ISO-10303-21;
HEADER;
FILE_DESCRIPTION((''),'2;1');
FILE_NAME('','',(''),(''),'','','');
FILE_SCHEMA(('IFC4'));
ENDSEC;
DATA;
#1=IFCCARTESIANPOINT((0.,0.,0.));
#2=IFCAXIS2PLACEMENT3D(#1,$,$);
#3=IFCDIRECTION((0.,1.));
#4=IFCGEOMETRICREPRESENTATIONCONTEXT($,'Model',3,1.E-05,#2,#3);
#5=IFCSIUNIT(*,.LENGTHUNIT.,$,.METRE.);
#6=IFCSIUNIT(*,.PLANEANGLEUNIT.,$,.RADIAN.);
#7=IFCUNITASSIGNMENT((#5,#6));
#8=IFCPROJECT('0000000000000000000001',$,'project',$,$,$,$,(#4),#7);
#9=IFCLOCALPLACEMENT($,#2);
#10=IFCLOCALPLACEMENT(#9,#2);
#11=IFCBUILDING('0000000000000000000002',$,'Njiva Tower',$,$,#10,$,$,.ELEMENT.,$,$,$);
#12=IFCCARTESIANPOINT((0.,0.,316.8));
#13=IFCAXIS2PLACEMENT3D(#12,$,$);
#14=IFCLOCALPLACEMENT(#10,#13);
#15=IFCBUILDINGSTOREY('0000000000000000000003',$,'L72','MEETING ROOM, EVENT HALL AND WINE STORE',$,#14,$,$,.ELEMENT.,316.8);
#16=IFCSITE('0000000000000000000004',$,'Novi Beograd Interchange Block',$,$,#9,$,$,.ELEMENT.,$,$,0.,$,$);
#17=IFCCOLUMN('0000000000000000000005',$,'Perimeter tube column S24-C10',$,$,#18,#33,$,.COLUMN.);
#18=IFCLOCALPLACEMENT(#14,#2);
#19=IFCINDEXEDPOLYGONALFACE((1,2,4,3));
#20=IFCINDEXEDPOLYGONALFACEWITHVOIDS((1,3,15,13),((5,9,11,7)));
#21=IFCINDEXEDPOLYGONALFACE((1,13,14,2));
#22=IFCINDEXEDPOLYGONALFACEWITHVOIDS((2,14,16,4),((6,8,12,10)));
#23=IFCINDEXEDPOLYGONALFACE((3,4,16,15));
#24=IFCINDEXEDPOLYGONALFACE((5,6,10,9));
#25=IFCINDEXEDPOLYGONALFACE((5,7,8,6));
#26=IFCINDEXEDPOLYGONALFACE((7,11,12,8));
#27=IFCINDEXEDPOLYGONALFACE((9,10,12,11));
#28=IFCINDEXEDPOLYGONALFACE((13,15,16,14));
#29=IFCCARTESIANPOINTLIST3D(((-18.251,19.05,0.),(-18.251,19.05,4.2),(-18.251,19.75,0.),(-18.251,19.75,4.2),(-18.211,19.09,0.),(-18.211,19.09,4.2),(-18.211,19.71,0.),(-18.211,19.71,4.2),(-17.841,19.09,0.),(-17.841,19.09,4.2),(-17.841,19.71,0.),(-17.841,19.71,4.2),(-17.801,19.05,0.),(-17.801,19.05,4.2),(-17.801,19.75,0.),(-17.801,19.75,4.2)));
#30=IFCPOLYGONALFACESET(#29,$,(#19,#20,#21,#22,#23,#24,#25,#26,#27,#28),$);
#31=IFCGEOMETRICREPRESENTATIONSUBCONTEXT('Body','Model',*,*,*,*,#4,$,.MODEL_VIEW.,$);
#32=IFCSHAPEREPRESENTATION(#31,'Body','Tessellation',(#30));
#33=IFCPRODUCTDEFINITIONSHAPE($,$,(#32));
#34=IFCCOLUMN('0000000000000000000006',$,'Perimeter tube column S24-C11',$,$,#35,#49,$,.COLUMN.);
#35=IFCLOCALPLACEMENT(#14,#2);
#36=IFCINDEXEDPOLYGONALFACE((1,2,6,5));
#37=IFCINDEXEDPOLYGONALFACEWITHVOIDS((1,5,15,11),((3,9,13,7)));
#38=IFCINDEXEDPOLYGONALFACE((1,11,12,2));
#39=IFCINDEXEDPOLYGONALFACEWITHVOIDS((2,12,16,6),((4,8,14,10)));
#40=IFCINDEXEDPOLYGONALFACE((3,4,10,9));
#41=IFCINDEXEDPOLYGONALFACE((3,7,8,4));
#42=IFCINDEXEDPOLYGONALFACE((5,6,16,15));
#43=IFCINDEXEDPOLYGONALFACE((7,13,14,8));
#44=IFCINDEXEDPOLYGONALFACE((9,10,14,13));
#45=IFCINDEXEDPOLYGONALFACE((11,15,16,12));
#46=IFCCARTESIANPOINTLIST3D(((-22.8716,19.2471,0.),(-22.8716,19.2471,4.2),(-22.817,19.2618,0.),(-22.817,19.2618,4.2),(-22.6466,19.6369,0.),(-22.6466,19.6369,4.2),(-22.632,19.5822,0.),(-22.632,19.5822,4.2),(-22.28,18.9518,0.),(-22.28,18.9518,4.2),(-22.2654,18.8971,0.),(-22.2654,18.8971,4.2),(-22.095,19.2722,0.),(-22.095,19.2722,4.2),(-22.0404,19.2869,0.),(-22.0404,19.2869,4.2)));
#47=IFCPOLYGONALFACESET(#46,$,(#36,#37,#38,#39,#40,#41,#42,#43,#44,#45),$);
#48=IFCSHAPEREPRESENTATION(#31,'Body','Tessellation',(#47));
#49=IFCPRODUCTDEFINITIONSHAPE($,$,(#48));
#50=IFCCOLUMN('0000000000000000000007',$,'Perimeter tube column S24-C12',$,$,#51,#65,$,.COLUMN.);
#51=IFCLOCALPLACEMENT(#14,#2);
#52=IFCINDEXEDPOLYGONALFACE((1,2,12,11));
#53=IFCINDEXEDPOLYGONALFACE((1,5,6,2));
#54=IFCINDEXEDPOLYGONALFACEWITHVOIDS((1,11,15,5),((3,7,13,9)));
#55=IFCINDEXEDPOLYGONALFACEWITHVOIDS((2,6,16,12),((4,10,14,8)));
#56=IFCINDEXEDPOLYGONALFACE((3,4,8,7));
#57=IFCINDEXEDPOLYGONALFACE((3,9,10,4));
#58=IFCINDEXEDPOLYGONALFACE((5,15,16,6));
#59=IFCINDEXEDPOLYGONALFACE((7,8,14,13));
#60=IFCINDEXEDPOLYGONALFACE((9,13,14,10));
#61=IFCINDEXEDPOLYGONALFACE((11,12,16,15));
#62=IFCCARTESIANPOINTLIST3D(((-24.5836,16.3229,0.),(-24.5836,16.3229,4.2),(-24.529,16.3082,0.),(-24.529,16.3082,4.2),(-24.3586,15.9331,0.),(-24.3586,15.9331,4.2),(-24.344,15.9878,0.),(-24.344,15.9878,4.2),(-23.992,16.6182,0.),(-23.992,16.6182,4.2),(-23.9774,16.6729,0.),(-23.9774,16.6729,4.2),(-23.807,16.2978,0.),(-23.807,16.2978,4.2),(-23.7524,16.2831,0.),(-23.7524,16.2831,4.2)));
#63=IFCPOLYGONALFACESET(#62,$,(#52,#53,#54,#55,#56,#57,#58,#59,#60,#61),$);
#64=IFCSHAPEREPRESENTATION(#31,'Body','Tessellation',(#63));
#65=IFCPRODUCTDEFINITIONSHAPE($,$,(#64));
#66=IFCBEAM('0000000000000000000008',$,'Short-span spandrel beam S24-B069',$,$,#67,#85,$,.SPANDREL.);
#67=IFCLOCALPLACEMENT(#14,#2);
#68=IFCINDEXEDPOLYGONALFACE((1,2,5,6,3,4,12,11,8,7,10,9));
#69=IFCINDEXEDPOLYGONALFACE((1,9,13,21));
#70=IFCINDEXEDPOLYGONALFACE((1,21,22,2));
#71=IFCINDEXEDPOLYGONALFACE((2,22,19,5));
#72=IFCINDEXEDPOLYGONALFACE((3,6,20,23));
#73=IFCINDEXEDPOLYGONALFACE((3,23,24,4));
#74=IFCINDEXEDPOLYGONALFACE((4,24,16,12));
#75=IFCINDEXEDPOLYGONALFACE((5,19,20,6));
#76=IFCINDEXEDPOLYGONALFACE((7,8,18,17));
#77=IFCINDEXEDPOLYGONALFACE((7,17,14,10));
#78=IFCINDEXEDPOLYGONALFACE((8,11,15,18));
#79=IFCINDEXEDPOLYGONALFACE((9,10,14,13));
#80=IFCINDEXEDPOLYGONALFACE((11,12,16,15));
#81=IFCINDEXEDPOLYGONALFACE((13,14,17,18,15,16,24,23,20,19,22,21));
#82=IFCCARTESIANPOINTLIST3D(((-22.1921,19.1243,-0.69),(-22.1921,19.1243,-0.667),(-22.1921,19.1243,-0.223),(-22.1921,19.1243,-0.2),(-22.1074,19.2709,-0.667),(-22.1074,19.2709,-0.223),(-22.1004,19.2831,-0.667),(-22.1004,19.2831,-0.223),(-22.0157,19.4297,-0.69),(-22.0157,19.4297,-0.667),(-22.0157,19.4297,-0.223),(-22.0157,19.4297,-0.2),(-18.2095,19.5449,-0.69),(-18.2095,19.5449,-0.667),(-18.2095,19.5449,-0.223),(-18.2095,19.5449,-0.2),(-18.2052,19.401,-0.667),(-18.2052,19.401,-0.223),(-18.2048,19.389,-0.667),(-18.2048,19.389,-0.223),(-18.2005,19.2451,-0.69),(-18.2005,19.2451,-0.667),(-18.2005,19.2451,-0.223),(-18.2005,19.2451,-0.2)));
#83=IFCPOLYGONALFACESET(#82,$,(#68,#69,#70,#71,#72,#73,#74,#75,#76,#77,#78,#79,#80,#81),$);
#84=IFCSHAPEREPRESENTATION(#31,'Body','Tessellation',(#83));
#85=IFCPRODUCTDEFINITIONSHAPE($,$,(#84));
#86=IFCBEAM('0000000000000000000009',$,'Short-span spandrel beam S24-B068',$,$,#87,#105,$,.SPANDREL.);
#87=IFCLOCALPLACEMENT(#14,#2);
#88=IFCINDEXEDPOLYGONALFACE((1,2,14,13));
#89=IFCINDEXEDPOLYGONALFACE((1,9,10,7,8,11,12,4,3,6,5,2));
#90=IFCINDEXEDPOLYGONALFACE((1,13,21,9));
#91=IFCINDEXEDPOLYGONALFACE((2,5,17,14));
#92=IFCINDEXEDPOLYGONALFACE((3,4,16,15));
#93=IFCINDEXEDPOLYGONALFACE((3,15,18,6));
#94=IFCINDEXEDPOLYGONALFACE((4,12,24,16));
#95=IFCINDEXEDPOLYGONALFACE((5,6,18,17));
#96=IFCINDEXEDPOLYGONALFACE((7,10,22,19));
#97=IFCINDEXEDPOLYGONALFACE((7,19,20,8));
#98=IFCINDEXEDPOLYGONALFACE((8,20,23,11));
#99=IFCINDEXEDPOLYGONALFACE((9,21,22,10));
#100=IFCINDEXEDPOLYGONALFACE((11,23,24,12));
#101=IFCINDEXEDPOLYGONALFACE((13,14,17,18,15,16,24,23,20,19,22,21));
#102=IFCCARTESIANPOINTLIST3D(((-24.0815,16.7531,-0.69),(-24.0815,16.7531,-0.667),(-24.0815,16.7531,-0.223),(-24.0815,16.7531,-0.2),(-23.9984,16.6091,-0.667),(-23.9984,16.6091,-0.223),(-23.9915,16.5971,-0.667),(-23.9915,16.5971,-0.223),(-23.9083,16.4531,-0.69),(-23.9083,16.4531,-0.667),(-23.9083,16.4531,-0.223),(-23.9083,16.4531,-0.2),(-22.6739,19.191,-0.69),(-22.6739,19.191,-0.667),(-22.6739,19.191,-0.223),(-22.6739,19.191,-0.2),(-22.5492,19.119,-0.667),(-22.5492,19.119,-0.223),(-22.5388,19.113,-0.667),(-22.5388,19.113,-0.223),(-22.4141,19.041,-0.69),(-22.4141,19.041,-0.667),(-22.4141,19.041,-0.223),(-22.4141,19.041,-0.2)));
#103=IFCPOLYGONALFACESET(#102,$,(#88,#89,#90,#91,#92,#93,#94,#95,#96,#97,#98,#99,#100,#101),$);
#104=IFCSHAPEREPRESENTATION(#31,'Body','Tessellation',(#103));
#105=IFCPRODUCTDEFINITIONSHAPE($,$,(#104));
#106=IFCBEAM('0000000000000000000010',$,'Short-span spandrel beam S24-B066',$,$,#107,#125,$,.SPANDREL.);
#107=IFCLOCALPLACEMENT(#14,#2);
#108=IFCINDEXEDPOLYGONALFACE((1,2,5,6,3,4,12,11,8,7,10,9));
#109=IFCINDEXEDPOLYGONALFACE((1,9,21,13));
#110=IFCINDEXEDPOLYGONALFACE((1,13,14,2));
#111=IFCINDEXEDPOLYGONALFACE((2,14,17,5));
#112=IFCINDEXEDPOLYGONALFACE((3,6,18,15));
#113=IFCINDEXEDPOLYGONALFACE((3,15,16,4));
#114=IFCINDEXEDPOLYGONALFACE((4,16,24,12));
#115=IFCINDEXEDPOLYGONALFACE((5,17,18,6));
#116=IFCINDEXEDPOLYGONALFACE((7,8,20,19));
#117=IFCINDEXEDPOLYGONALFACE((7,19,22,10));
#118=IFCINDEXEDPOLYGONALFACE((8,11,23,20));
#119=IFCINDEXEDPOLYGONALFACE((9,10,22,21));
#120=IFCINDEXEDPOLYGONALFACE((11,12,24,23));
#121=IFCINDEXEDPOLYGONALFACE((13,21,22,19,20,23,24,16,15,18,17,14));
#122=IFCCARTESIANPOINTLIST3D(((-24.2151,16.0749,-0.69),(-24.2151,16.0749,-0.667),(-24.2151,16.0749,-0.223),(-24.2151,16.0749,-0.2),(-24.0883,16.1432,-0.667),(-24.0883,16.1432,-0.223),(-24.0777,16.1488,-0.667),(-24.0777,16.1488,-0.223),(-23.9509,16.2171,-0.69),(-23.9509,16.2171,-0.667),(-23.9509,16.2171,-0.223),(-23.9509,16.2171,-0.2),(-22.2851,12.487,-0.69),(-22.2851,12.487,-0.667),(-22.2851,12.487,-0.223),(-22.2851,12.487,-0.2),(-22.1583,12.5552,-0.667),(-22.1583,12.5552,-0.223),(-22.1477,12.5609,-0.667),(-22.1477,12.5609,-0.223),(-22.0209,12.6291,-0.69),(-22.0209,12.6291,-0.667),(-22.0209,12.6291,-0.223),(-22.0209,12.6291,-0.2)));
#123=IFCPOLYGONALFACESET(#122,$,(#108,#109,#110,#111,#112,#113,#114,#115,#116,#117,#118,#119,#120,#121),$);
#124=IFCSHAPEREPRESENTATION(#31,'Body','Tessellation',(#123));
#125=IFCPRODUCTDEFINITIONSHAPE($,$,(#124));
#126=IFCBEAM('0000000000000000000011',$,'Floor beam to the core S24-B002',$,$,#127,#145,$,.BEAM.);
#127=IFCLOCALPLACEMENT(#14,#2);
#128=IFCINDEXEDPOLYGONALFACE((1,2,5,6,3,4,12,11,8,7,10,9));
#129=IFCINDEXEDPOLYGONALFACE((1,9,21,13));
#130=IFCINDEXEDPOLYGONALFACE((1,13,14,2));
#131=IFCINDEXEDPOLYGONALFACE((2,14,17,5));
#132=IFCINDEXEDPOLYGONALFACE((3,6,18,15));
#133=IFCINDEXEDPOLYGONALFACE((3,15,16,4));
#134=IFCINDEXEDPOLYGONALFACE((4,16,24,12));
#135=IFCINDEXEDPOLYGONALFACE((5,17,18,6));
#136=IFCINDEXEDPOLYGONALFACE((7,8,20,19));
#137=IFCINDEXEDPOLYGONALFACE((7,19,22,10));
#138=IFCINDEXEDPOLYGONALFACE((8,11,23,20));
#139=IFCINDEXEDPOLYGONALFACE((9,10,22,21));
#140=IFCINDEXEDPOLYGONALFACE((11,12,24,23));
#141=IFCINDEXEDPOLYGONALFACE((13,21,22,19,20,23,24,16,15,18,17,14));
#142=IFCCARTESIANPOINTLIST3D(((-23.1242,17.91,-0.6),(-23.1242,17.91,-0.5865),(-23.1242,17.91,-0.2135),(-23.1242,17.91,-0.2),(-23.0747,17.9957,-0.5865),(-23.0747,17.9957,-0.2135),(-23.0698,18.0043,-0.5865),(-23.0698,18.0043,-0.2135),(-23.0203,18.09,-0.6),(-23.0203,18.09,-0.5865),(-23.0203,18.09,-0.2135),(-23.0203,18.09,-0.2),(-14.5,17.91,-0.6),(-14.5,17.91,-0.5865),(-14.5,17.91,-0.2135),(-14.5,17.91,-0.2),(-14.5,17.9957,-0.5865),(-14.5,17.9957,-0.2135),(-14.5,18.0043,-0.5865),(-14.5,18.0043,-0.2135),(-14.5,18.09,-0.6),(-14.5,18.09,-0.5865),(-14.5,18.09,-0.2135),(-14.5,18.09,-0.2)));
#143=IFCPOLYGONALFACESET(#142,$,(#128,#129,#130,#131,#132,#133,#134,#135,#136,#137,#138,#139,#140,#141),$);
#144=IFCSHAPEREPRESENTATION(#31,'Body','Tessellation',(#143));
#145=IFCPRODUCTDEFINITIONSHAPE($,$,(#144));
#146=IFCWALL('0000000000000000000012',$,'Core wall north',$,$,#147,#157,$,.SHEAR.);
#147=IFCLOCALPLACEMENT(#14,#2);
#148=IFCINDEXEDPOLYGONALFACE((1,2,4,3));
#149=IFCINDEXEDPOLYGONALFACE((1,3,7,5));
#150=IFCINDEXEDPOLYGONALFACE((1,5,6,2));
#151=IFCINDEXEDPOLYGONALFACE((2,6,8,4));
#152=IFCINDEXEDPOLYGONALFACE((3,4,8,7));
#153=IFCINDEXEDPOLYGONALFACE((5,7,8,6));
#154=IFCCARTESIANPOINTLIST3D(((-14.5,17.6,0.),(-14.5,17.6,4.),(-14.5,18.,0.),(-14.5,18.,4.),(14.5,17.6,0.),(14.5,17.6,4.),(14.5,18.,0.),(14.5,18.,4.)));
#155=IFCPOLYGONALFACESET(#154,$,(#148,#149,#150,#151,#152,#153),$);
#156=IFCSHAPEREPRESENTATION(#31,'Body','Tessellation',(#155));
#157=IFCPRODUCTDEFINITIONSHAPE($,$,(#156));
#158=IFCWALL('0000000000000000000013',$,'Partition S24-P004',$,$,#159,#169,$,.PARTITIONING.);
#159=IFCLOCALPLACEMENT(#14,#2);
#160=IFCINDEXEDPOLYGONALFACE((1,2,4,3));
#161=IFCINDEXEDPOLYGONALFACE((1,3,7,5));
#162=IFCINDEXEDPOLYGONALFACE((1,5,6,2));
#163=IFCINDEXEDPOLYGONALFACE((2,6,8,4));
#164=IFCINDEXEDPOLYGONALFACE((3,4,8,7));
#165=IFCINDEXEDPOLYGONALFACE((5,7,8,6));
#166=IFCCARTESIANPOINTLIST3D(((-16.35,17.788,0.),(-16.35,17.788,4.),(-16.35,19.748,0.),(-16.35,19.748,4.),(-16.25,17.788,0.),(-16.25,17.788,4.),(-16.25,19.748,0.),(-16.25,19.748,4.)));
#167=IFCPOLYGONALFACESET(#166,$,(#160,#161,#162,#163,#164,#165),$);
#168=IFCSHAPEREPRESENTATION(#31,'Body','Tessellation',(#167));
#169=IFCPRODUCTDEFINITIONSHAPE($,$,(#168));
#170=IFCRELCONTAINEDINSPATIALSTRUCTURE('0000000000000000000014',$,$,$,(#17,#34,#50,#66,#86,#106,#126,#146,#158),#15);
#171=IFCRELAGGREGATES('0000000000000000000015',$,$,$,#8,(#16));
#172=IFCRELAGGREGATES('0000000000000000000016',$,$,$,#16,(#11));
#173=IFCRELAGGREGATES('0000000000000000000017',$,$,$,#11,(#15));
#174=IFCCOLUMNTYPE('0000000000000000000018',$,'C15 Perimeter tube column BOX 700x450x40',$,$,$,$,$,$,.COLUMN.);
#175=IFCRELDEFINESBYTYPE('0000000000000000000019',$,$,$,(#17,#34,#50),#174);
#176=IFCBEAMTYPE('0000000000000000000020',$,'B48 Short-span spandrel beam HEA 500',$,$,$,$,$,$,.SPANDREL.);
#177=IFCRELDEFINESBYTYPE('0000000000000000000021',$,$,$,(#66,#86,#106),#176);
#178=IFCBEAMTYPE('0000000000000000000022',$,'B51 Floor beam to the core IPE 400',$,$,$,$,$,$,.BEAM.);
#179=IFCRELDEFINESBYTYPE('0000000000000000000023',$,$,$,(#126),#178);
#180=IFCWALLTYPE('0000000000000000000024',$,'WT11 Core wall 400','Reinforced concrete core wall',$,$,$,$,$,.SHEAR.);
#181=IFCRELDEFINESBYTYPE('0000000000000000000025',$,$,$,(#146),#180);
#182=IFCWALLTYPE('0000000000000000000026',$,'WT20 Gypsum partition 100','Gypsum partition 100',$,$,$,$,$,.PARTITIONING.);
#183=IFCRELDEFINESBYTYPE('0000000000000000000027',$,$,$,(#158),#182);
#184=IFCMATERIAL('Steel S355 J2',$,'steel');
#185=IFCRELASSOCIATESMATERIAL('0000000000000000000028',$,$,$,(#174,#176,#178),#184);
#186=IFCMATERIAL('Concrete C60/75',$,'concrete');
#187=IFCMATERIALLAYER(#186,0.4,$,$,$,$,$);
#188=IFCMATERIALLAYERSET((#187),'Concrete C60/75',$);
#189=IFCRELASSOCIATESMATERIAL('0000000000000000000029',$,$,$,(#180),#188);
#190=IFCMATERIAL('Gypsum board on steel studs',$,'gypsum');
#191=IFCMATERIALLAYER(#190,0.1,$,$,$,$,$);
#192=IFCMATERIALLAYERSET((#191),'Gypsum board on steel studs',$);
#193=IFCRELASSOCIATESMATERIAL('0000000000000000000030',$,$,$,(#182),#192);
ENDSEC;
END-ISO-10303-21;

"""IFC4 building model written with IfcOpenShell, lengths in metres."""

from ifc_helpers import new_model, si_unit, direction, frame, frame_2d, origin, origin_2d, place, context, subcontext, project, spatial, rectangle, hollow_rectangle, i_section, extrude, clip, halfspace, material, layer, layer_set, material_profile, profile_set, type_object, element, save


model = new_model("IFC4")

# Units and contexts
model_context = context("Model", 3, precision=1e-05, world=origin(), true_north=direction((0.0, 1.0)))
body_context = subcontext(model_context, "Body", "Model", "MODEL_VIEW")
ifc_project = project(units=[si_unit("LENGTHUNIT", "METRE"), si_unit("PLANEANGLEUNIT", "RADIAN")], contexts=[model_context])

# Site, building, storey
site_placement = place(None, origin())
site = spatial("IfcSite", under=ifc_project, at=site_placement, Name="Novi Beograd Interchange Block", CompositionType="ELEMENT", RefElevation=0.0)
building_placement = place(site_placement, origin())
building = spatial("IfcBuilding", under=site, at=building_placement, Name="Njiva Tower", CompositionType="ELEMENT")
storey_placement = place(building_placement, frame((0.0, 0.0, 316.8)))
storey = spatial("IfcBuildingStorey", under=building, at=storey_placement, Name="L72", Description="MEETING ROOM, EVENT HALL AND WINE STORE", CompositionType="ELEMENT", Elevation=316.8)

# Columns
ifc_material_1 = material(Name="Steel S355 J2", Category="steel")
ifc_material_profile_1 = material_profile(ifc_material_1, hollow_rectangle(XDim=0.45, YDim=0.7, WallThickness=0.04, at=origin_2d()), Name="BOX 700x450x40")
ifc_profile_set_1 = profile_set([ifc_material_profile_1], Name="Steel S355 J2")
column_type = type_object("IfcColumnType", Name="C15 Perimeter tube column BOX 700x450x40", PredefinedType="COLUMN", material=ifc_profile_set_1)
for number, where, z_axis, x_axis, name in (
    (1, (-18.026, 19.4, 0.0), (0.0, 0.0, 1.0), (-1.0, 0.0, 0.0), "Perimeter tube column S24-C10"),
    (2, (-22.456, 19.267, 0.0), (0.0, 0.0, 1.0), (-0.5, -0.866025, 0.0), "Perimeter tube column S24-C11"),
    (3, (-24.168, 16.303, 0.0), (0.0, 0.0, 1.0), (0.5, -0.866025, 0.0), "Perimeter tube column S24-C12"),
):
    element("IfcColumn", number, at=place(storey_placement, frame(where, z_axis=z_axis, x_axis=x_axis)), inside=storey, type_object=column_type, Name=name, PredefinedType="COLUMN", context=body_context, shape_type="SweptSolid", body=[
        extrude(hollow_rectangle(XDim=0.45, YDim=0.7, WallThickness=0.04, at=origin_2d()), origin(), (0.0, 0.0, 1.0), 4.2),
    ])

# Beams
ifc_material_profile_2 = material_profile(ifc_material_1, i_section(OverallWidth=0.3, OverallDepth=0.49, WebThickness=0.012, FlangeThickness=0.023, at=origin_2d()), Name="HEA 500")
ifc_profile_set_2 = profile_set([ifc_material_profile_2], Name="Steel S355 J2")
beam_type_1 = type_object("IfcBeamType", Name="B48 Short-span spandrel beam HEA 500", PredefinedType="SPANDREL", material=ifc_profile_set_2)
beam_1_placement = place(storey_placement, frame((-18.205, 19.395, -0.445), z_axis=(-0.999542, -0.03025, 0.0), x_axis=(0.03025, -0.999542, 0.0)))
element("IfcBeam", 4, at=beam_1_placement, inside=storey, type_object=beam_type_1, Name="Short-span spandrel beam S24-B069", PredefinedType="SPANDREL", context=body_context, shape_type="Clipping", body=[
    clip(extrude(i_section(OverallWidth=0.3, OverallDepth=0.49, WebThickness=0.012, FlangeThickness=0.023, at=origin_2d()), origin(), (0.0, 0.0, 1.0), 4.0138), halfspace(frame((-0.0268, 0.0, 3.8841), z_axis=(-0.525967, 0.0, 0.850505), x_axis=(0.0, 1.0, 0.0)), False)),
])
beam_2_placement = place(storey_placement, frame((-22.544, 19.116, -0.445), z_axis=(-0.500031, -0.866008, 0.0), x_axis=(0.866008, -0.500031, 0.0)))
element("IfcBeam", 5, at=beam_2_placement, inside=storey, type_object=beam_type_1, Name="Short-span spandrel beam S24-B068", PredefinedType="SPANDREL", context=body_context, shape_type="Clipping", body=[
    clip(extrude(i_section(OverallWidth=0.3, OverallDepth=0.49, WebThickness=0.012, FlangeThickness=0.023, at=origin_2d()), origin(), (0.0, 0.0, 1.0), 3.0088), halfspace(frame((-0.0244, 0.0, 2.8876), z_axis=(-0.499971, 0.0, 0.866042), x_axis=(0.0, 1.0, 0.0)), False)),
])
beam_3_placement = place(storey_placement, frame((-24.083, 16.146, -0.445), z_axis=(0.473719, -0.880676, 0.0), x_axis=(0.880676, 0.473719, 0.0)))
element("IfcBeam", 6, at=beam_3_placement, inside=storey, type_object=beam_type_1, Name="Short-span spandrel beam S24-B066", PredefinedType="SPANDREL", context=body_context, shape_type="SweptSolid", body=[
    extrude(i_section(OverallWidth=0.3, OverallDepth=0.49, WebThickness=0.012, FlangeThickness=0.023, at=origin_2d()), origin(), (0.0, 0.0, 1.0), 4.0741),
])
ifc_material_profile_3 = material_profile(ifc_material_1, i_section(OverallWidth=0.18, OverallDepth=0.4, WebThickness=0.0086, FlangeThickness=0.0135, at=origin_2d()), Name="IPE 400")
ifc_profile_set_3 = profile_set([ifc_material_profile_3], Name="Steel S355 J2")
beam_type_2 = type_object("IfcBeamType", Name="B51 Floor beam to the core IPE 400", PredefinedType="BEAM", material=ifc_profile_set_3)
beam_4_placement = place(storey_placement, frame((-23.144, 18.0, -0.4), z_axis=(1.0, 0.0, 0.0), x_axis=(0.0, 1.0, 0.0)))
element("IfcBeam", 7, at=beam_4_placement, inside=storey, type_object=beam_type_2, Name="Floor beam to the core S24-B002", PredefinedType="BEAM", context=body_context, shape_type="Clipping", body=[
    clip(extrude(i_section(OverallWidth=0.18, OverallDepth=0.4, WebThickness=0.0086, FlangeThickness=0.0135, at=origin_2d()), origin(), (0.0, 0.0, 1.0), 8.644), halfspace(frame((0.025, 0.0, 0.0862), z_axis=(0.499998, 0.0, -0.866027), x_axis=(0.0, -1.0, 0.0)), False)),
])

# Walls
ifc_material_2 = material(Name="Concrete C60/75", Category="concrete")
ifc_layer_1 = layer(ifc_material_2, 0.4)
ifc_layer_set_1 = layer_set([ifc_layer_1], Name="Concrete C60/75")
wall_type_1 = type_object("IfcWallType", Name="WT11 Core wall 400", Description="Reinforced concrete core wall", PredefinedType="SHEAR", material=ifc_layer_set_1)
wall_1_placement = place(storey_placement, frame((-14.5, 17.8, 0.0), z_axis=(0.0, 0.0, 1.0), x_axis=(1.0, 0.0, 0.0)))
element("IfcWall", 8, at=wall_1_placement, inside=storey, type_object=wall_type_1, Name="Core wall north", PredefinedType="SHEAR", context=body_context, shape_type="SweptSolid", body=[
    extrude(rectangle(XDim=29.0, YDim=0.4, at=frame_2d((14.5, 0.0))), origin(), (0.0, 0.0, 1.0), 4.0),
])
ifc_material_3 = material(Name="Gypsum board on steel studs", Category="gypsum")
ifc_layer_2 = layer(ifc_material_3, 0.1)
ifc_layer_set_2 = layer_set([ifc_layer_2], Name="Gypsum board on steel studs")
wall_type_2 = type_object("IfcWallType", Name="WT20 Gypsum partition 100", Description="Gypsum partition 100", PredefinedType="PARTITIONING", material=ifc_layer_set_2)
wall_2_placement = place(storey_placement, frame((-16.3, 17.788, 0.0), z_axis=(0.0, 0.0, 1.0), x_axis=(0.0, 1.0, 0.0)))
element("IfcWall", 9, at=wall_2_placement, inside=storey, type_object=wall_type_2, Name="Partition S24-P004", PredefinedType="PARTITIONING", context=body_context, shape_type="SweptSolid", body=[
    extrude(rectangle(XDim=1.96, YDim=0.1, at=frame_2d((0.98, 0.0))), origin(), (0.0, 0.0, 1.0), 4.0),
])

save(model, "model.ifc")
